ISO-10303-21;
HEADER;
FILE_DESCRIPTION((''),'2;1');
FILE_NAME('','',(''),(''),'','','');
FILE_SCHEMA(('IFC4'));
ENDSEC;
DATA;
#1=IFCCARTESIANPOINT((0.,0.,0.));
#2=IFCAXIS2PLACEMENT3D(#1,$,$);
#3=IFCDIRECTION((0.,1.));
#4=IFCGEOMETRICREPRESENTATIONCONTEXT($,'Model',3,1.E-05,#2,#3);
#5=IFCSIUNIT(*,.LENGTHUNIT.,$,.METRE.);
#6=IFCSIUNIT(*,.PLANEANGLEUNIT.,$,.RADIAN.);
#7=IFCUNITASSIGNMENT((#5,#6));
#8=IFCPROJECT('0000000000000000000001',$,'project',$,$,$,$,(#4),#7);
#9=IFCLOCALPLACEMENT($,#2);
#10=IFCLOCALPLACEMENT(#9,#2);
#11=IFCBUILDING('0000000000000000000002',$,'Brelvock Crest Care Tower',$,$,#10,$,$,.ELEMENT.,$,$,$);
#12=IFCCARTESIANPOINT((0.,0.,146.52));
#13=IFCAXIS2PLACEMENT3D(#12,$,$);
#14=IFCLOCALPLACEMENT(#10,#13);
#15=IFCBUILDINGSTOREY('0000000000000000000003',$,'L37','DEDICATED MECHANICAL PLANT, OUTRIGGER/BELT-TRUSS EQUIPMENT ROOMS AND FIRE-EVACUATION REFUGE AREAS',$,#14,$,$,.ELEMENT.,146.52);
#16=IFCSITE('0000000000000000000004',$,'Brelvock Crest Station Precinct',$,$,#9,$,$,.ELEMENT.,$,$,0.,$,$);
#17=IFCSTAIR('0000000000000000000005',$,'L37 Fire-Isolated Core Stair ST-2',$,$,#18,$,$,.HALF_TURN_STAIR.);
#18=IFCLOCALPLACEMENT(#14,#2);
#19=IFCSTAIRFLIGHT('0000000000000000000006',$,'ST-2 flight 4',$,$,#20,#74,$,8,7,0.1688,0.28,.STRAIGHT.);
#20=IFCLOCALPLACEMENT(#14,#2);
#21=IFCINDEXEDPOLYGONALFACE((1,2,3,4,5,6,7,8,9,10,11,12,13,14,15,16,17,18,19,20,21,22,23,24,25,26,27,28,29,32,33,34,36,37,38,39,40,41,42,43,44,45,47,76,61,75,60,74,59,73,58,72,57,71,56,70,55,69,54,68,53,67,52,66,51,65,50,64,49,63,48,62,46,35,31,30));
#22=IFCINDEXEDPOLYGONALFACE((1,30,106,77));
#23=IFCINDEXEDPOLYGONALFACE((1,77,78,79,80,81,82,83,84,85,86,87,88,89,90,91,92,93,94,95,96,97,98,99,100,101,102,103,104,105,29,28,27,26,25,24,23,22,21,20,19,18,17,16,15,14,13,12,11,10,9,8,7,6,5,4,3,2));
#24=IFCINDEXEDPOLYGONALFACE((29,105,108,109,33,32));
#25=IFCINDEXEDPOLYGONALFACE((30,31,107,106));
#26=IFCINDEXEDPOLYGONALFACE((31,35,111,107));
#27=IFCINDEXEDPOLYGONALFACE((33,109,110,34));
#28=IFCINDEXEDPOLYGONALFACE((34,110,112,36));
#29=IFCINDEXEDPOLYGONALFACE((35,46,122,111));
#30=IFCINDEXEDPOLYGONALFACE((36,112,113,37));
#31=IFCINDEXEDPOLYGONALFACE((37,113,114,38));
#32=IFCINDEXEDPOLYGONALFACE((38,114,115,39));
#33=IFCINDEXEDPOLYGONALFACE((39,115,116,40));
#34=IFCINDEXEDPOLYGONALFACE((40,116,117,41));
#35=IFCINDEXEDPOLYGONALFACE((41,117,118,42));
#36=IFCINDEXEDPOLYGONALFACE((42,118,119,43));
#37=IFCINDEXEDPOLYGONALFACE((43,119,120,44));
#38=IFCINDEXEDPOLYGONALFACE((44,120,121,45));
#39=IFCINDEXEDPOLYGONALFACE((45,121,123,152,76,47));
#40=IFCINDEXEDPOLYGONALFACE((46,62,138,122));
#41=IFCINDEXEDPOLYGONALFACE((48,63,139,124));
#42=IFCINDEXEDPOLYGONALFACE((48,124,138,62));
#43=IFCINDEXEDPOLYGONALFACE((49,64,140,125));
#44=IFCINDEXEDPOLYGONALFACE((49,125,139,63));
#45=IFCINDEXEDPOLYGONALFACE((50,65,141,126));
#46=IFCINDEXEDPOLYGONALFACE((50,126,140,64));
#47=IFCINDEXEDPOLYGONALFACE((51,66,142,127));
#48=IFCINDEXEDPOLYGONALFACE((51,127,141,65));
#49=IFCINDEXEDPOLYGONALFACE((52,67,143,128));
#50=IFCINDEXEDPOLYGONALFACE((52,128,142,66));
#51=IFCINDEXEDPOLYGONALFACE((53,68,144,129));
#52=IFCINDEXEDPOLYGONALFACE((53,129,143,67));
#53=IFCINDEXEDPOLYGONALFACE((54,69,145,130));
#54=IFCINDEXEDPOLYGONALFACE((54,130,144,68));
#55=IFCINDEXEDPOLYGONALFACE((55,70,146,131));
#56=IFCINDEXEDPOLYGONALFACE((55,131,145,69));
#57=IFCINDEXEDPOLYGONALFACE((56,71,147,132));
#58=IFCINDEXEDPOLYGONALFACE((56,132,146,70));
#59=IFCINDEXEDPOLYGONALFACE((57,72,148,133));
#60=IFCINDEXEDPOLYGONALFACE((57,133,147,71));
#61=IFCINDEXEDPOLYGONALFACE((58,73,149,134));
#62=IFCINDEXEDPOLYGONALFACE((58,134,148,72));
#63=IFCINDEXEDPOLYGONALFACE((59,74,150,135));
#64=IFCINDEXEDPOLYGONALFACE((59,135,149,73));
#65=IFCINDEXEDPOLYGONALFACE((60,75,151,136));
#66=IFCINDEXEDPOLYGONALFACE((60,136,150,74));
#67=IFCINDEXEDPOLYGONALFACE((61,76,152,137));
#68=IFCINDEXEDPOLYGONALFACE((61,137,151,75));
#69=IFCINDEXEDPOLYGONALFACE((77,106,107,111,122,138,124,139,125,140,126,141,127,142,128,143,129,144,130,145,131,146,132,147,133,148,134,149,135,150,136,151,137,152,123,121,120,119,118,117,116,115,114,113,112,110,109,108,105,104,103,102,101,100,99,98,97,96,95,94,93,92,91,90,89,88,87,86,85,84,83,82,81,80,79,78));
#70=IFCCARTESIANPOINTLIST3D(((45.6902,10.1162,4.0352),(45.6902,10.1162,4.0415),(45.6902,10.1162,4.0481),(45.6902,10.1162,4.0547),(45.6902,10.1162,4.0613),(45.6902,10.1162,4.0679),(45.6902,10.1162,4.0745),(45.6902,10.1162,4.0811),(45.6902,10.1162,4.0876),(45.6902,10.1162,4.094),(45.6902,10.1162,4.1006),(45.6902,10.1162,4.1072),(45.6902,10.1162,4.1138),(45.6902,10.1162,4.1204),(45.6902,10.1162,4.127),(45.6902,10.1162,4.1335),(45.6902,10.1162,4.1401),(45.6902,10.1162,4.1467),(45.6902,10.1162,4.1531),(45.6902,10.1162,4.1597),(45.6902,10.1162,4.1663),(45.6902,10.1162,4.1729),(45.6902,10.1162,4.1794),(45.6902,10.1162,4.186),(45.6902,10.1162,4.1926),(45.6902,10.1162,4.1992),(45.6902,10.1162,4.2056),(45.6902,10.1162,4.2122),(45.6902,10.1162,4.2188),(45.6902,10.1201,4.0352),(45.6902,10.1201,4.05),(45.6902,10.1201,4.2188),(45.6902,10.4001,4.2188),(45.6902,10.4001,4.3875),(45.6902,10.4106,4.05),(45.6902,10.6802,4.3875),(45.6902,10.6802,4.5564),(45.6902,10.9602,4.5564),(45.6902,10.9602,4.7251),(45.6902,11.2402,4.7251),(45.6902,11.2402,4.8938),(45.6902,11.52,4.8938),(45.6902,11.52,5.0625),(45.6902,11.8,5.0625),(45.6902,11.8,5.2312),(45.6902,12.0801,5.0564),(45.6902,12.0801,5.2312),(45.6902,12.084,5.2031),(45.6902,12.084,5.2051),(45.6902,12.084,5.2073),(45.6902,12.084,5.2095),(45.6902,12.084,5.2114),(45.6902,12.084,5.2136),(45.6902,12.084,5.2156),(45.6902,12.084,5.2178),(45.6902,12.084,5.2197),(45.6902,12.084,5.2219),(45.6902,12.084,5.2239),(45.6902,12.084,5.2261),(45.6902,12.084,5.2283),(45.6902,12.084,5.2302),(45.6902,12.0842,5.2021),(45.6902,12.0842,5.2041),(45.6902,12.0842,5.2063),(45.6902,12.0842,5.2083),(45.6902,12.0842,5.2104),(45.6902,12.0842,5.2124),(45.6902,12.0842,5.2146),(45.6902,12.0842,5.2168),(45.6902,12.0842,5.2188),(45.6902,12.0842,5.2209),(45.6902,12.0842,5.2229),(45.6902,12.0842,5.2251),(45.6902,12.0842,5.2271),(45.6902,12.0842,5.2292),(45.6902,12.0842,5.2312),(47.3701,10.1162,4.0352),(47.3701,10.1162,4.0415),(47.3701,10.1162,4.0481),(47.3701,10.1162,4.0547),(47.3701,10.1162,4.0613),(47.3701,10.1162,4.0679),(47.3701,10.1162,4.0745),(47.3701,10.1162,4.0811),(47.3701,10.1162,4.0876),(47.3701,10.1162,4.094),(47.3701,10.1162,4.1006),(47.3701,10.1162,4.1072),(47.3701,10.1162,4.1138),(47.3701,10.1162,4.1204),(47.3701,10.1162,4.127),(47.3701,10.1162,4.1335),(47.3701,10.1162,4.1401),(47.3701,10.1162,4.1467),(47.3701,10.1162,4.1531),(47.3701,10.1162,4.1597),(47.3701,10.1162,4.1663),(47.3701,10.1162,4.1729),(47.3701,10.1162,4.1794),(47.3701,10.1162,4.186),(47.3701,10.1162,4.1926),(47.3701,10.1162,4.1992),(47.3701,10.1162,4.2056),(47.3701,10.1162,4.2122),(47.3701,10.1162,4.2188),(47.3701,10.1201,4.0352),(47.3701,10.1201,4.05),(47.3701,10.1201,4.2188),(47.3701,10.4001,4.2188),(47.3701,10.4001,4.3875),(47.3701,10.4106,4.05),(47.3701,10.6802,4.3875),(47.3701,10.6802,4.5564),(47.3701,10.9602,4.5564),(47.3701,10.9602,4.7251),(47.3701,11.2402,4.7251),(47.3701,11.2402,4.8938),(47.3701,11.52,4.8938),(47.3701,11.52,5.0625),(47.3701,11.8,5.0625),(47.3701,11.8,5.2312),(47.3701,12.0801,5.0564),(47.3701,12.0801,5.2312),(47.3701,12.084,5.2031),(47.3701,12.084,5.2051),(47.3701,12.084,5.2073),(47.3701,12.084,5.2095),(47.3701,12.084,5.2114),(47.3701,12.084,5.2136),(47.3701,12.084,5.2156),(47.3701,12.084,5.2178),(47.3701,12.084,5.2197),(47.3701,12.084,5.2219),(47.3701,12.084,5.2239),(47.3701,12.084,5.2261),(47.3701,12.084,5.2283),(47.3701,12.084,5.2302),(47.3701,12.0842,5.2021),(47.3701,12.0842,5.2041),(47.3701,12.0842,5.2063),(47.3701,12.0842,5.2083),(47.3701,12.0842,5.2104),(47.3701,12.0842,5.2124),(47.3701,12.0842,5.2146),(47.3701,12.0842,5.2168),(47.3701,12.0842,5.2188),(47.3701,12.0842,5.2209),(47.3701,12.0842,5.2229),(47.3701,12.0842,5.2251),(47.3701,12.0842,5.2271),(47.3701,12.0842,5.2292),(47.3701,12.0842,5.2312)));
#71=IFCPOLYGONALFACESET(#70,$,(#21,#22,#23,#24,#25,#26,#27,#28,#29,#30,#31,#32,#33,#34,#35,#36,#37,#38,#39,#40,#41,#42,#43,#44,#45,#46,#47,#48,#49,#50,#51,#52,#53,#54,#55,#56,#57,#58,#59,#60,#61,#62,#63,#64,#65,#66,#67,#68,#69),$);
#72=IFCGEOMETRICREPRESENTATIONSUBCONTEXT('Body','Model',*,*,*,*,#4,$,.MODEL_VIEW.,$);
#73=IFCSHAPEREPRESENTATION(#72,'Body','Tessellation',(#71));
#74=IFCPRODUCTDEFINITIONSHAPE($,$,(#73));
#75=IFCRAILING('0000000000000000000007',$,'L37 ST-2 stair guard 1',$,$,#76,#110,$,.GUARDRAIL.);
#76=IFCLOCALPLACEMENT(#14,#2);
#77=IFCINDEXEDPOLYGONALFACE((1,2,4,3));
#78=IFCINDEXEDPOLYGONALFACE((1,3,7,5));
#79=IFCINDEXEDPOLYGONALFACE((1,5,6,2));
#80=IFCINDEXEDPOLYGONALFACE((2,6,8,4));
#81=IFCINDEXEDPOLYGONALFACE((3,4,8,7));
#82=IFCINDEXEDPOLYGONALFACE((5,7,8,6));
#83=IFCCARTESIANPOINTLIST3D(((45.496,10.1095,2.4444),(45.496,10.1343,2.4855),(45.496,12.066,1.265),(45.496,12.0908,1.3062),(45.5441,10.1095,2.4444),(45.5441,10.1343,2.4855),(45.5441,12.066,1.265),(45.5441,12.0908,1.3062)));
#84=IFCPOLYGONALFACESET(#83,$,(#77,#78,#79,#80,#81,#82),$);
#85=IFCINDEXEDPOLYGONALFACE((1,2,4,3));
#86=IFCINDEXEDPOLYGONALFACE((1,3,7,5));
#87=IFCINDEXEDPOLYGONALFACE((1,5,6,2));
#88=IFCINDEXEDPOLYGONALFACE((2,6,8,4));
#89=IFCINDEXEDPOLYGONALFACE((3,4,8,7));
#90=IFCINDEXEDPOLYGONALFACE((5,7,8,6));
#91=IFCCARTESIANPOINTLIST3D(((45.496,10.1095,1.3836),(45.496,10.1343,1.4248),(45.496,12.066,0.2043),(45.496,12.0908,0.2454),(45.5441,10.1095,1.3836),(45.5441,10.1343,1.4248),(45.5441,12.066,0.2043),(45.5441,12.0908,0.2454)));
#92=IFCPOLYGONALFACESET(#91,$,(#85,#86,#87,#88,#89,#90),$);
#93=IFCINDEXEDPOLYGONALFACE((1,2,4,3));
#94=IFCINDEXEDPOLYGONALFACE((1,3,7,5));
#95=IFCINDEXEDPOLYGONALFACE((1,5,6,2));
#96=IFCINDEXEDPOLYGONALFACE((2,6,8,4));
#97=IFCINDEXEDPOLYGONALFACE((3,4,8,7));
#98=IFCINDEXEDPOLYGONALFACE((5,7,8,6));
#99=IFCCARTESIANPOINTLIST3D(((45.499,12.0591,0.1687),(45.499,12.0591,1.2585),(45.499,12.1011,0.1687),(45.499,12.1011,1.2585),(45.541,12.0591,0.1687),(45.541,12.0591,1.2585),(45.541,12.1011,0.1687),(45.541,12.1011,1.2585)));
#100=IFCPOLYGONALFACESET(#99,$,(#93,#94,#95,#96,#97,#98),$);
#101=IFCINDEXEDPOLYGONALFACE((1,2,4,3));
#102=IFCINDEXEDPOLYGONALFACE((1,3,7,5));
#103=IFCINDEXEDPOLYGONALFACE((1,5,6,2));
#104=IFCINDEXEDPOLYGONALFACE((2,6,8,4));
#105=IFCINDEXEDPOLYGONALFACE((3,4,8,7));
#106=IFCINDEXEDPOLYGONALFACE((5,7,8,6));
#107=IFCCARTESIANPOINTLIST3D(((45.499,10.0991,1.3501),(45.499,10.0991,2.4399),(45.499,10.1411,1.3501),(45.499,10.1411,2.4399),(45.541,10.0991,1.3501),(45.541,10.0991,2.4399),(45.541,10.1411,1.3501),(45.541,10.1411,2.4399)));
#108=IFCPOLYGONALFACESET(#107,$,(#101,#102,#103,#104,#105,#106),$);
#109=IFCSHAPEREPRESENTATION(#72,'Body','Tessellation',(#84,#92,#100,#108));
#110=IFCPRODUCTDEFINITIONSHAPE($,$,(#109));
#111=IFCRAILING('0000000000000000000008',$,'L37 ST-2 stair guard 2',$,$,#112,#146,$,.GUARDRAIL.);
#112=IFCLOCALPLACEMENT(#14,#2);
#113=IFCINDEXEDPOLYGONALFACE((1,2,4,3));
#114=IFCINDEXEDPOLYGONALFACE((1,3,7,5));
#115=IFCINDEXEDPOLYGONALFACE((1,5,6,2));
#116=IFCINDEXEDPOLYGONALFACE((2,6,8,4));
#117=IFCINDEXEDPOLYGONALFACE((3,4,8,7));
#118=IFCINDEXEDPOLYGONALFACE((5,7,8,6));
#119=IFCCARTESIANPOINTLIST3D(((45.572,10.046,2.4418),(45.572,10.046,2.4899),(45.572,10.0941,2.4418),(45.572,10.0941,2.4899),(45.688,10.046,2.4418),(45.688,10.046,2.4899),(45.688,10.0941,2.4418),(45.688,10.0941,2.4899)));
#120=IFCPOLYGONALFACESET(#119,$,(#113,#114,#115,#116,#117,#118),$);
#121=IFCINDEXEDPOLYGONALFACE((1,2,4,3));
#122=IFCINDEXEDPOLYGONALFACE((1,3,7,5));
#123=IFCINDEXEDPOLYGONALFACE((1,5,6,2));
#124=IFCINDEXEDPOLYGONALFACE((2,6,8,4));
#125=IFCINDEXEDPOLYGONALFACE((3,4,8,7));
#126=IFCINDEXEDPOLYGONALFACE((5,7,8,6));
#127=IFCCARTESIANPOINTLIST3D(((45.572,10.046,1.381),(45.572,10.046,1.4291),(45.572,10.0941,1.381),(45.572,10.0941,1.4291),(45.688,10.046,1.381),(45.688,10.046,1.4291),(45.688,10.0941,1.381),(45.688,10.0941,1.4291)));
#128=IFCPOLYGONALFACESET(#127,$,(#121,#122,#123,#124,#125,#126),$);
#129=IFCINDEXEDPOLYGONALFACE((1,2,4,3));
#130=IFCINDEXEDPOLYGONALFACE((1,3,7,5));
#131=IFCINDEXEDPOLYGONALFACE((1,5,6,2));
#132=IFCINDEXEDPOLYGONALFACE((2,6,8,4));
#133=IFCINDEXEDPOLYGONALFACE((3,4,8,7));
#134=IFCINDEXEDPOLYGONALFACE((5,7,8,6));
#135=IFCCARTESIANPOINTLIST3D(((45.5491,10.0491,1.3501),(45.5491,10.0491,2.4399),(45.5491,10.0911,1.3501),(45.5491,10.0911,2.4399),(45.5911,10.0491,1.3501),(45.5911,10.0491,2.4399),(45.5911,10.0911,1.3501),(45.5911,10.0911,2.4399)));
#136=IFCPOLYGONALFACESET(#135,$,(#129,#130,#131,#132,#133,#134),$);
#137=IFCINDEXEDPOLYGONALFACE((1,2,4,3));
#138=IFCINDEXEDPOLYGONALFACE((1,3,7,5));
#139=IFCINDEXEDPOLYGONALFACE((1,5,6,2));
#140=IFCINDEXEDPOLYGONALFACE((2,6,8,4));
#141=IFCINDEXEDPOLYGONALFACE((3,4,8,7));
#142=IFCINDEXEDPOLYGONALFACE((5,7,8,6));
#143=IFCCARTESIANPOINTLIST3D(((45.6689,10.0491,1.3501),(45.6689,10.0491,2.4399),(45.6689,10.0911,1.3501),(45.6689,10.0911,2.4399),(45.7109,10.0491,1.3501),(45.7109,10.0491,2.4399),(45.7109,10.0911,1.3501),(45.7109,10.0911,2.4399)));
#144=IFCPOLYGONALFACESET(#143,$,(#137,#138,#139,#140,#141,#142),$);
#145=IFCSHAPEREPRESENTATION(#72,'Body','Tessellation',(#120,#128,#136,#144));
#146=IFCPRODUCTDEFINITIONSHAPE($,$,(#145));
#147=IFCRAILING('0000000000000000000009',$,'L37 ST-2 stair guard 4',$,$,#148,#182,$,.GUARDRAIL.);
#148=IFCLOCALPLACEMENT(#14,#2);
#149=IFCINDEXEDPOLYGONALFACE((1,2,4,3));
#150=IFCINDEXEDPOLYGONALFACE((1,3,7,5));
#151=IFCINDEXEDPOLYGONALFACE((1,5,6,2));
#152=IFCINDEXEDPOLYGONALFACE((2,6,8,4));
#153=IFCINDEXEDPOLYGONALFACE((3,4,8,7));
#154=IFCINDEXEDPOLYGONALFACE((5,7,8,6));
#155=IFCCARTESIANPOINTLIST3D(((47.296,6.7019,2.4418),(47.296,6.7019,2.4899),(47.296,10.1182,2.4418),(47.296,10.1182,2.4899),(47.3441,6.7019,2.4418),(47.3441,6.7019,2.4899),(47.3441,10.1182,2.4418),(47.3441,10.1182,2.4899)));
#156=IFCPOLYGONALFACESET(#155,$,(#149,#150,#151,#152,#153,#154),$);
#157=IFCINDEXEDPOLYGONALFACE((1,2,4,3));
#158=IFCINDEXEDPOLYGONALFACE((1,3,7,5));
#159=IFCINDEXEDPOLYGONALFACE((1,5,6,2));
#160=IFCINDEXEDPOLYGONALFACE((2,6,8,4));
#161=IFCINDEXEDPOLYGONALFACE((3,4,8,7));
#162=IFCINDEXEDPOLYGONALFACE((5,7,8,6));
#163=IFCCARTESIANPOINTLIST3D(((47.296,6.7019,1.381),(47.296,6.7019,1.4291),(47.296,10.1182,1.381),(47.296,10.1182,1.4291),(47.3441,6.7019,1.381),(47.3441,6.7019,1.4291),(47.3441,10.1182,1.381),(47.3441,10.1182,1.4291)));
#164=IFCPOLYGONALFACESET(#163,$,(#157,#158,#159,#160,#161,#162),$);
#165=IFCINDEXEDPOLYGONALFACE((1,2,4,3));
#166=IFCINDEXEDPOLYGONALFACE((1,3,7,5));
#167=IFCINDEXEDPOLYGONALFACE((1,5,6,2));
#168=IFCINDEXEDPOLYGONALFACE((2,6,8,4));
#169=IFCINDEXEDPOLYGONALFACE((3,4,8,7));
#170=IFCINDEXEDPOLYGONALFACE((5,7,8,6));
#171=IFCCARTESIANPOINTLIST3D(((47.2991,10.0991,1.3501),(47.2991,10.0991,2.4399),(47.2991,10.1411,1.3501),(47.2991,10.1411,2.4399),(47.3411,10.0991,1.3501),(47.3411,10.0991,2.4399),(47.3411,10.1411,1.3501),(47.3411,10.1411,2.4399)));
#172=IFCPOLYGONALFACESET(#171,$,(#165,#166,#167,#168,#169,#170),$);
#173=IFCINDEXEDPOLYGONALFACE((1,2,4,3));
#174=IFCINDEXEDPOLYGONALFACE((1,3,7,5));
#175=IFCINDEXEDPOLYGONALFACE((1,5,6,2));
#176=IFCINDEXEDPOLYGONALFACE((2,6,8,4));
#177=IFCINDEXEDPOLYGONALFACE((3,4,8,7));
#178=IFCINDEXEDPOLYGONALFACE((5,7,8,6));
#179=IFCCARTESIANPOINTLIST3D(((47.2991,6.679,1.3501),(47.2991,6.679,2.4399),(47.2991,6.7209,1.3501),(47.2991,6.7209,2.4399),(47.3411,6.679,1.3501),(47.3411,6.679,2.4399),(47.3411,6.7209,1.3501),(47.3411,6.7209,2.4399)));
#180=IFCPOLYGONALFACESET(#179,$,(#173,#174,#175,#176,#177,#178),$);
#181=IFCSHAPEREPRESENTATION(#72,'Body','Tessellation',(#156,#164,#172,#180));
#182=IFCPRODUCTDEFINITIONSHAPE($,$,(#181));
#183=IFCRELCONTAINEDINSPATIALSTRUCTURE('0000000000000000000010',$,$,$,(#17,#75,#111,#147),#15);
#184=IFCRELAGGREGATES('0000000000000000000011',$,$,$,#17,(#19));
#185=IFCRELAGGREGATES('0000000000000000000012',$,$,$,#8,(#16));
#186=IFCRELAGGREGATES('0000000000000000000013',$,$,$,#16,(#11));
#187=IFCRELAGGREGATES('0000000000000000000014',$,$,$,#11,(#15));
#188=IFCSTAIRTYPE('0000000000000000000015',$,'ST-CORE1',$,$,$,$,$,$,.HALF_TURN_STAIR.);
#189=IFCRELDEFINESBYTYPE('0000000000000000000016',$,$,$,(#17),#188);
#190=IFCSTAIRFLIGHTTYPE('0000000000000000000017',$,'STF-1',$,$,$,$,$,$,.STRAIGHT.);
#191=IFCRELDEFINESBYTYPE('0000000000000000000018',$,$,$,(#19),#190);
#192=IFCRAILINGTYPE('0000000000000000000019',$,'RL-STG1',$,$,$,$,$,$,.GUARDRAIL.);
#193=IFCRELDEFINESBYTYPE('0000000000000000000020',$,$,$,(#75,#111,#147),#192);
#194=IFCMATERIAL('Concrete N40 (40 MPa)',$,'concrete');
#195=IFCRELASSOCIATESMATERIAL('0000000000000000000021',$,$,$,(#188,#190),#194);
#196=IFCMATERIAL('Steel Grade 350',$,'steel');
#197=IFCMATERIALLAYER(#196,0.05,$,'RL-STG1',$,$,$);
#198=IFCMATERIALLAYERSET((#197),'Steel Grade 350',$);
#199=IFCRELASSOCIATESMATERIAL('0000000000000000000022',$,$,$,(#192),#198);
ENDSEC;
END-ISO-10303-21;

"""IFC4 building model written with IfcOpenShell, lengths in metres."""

from ifc_helpers import new_model, si_unit, direction, frame, origin, origin_2d, place, context, subcontext, project, spatial, polyline, rectangle, outline, extrude, material, layer, layer_set, type_object, element, aggregate, save


model = new_model("IFC4")

# Units and contexts
model_context = context("Model", 3, precision=1e-05, world=origin(), true_north=direction((0.0, 1.0)))
body_context = subcontext(model_context, "Body", "Model", "MODEL_VIEW")
ifc_project = project(units=[si_unit("LENGTHUNIT", "METRE"), si_unit("PLANEANGLEUNIT", "RADIAN")], contexts=[model_context])

# Site, building, storey
site_placement = place(None, origin())
site = spatial("IfcSite", under=ifc_project, at=site_placement, Name="Brelvock Crest Station Precinct", CompositionType="ELEMENT", RefElevation=0.0)
building_placement = place(site_placement, origin())
building = spatial("IfcBuilding", under=site, at=building_placement, Name="Brelvock Crest Care Tower", CompositionType="ELEMENT")
storey_placement = place(building_placement, frame((0.0, 0.0, 146.52)))
storey = spatial("IfcBuildingStorey", under=building, at=storey_placement, Name="L37", Description="DEDICATED MECHANICAL PLANT, OUTRIGGER/BELT-TRUSS EQUIPMENT ROOMS AND FIRE-EVACUATION REFUGE AREAS", CompositionType="ELEMENT", Elevation=146.52)

# Shared definitions
ifc_material_1 = material(Name="Steel Grade 350", Category="steel")

# Stair, stair flight
ifc_material_2 = material(Name="Concrete N40 (40 MPa)", Category="concrete")
stair_type = type_object("IfcStairType", Name="ST-CORE1", PredefinedType="HALF_TURN_STAIR", material=ifc_material_2)
stair_placement = place(storey_placement, origin())
stair = element("IfcStair", 1, at=stair_placement, inside=storey, type_object=stair_type, Name="L37 Fire-Isolated Core Stair ST-2", PredefinedType="HALF_TURN_STAIR")
stair_flight_type = type_object("IfcStairFlightType", Name="STF-1", PredefinedType="STRAIGHT", material=ifc_material_2)
stair_flight_1_placement = place(storey_placement, frame((46.53, 10.1201, 4.05), z_axis=(0.0, 0.0, 1.0), x_axis=(0.0, 1.0, 0.0)))
stair_flight_1 = element("IfcStairFlight", 2, at=stair_flight_1_placement, type_object=stair_flight_type, Name="ST-2 flight 4", NumberOfRisers=8, NumberOfTreads=7, PredefinedType="STRAIGHT", RiserHeight=0.1688, TreadLength=0.28, context=body_context, shape_type="SweptSolid", body=[
    extrude(outline(polyline([(-0.0039, -0.0149), (-0.0039, -0.0085), (-0.0039, -0.002), (-0.0039, 0.0046), (-0.0039, 0.0112), (-0.0039, 0.0178), (-0.0039, 0.0244), (-0.0039, 0.031), (-0.0039, 0.0376), (-0.0039, 0.0439), (-0.0039, 0.0505), (-0.0039, 0.0571), (-0.0039, 0.0637), (-0.0039, 0.0703), (-0.0039, 0.0769), (-0.0039, 0.0835), (-0.0039, 0.0901), (-0.0039, 0.0967), (-0.0039, 0.103), (-0.0039, 0.1096), (-0.0039, 0.1162), (-0.0039, 0.1228), (-0.0039, 0.1294), (-0.0039, 0.136), (-0.0039, 0.1426), (-0.0039, 0.1492), (-0.0039, 0.1555), (-0.0039, 0.1621), (-0.0039, 0.1687), (0.0, 0.1687), (0.28, 0.1687), (0.28, 0.3374), (0.5601, 0.3374), (0.5601, 0.5063), (0.8401, 0.5063), (0.8401, 0.675), (1.1201, 0.675), (1.1201, 0.8438), (1.3999, 0.8438), (1.3999, 1.0125), (1.6799, 1.0125), (1.6799, 1.1812), (1.96, 1.1812), (1.9641, 1.1812), (1.9639, 1.1802), (1.9641, 1.1792), (1.9639, 1.1782), (1.9641, 1.177), (1.9639, 1.176), (1.9641, 1.175), (1.9639, 1.1738), (1.9641, 1.1729), (1.9639, 1.1719), (1.9641, 1.1709), (1.9639, 1.1697), (1.9641, 1.1687), (1.9639, 1.1677), (1.9641, 1.1667), (1.9639, 1.1655), (1.9641, 1.1646), (1.9639, 1.1636), (1.9641, 1.1624), (1.9639, 1.1614), (1.9641, 1.1604), (1.9639, 1.1594), (1.9641, 1.1582), (1.9639, 1.1572), (1.9641, 1.1562), (1.9639, 1.155), (1.9641, 1.1541), (1.9639, 1.1531), (1.9641, 1.1521), (1.96, 1.0063), (0.2905, 0.0), (0.0, 0.0), (0.0, -0.0149), (-0.0039, -0.0149)])), frame((0.0, 0.8398, 0.0), z_axis=(0.0, -1.0, 0.0), x_axis=(1.0, 0.0, 0.0)), (0.0, 0.0, 1.0), 1.6799),
])
aggregate(stair, [stair_flight_1])

# Railings
ifc_layer_1 = layer(ifc_material_1, 0.05, Name="RL-STG1")
ifc_layer_set_1 = layer_set([ifc_layer_1], Name="Steel Grade 350")
railing_type_1 = type_object("IfcRailingType", Name="RL-STG1", PredefinedType="GUARDRAIL", material=ifc_layer_set_1)
railing_1_placement = place(storey_placement, frame((45.52, 12.0801, 0.1687)))
element("IfcRailing", 3, at=railing_1_placement, inside=storey, type_object=railing_type_1, Name="L37 ST-2 stair guard 1", PredefinedType="GUARDRAIL", context=body_context, shape_type="SweptSolid", body=[
    extrude(rectangle(XDim=0.0481, YDim=0.0481, at=origin_2d()), frame((0.0, -0.0017, 1.1169), z_axis=(0.0, -0.856446, 0.516236), x_axis=(1.0, 0.0, 0.0)), (0.0, 0.0, 1.0), 2.2844),
    extrude(rectangle(XDim=0.0481, YDim=0.0481, at=origin_2d()), frame((0.0, -0.0017, 0.0562), z_axis=(0.0, -0.856446, 0.516236), x_axis=(1.0, 0.0, 0.0)), (0.0, 0.0, 1.0), 2.2844),
    extrude(rectangle(XDim=0.042, YDim=0.042, at=origin_2d()), origin(), (0.0, 0.0, 1.0), 1.0898),
    extrude(rectangle(XDim=0.042, YDim=0.042, at=origin_2d()), frame((0.0, -1.96, 1.1814)), (0.0, 0.0, 1.0), 1.0898),
])
railing_2_placement = place(storey_placement, frame((45.5701, 10.0701, 1.3501)))
element("IfcRailing", 4, at=railing_2_placement, inside=storey, type_object=railing_type_1, Name="L37 ST-2 stair guard 2", PredefinedType="GUARDRAIL", context=body_context, shape_type="SweptSolid", body=[
    extrude(rectangle(XDim=0.0481, YDim=0.0481, at=origin_2d()), frame((0.002, 0.0, 1.1157), z_axis=(1.0, 0.0, 0.0), x_axis=(0.0, 1.0, 0.0)), (0.0, 0.0, 1.0), 0.116),
    extrude(rectangle(XDim=0.0481, YDim=0.0481, at=origin_2d()), frame((0.002, 0.0, 0.0549), z_axis=(1.0, 0.0, 0.0), x_axis=(0.0, 1.0, 0.0)), (0.0, 0.0, 1.0), 0.116),
    extrude(rectangle(XDim=0.042, YDim=0.042, at=origin_2d()), origin(), (0.0, 0.0, 1.0), 1.0898),
    extrude(rectangle(XDim=0.042, YDim=0.042, at=origin_2d()), frame((0.1199, 0.0, 0.0)), (0.0, 0.0, 1.0), 1.0898),
])
railing_3_placement = place(storey_placement, frame((47.3201, 10.1201, 1.3501)))
element("IfcRailing", 5, at=railing_3_placement, inside=storey, type_object=railing_type_1, Name="L37 ST-2 stair guard 4", PredefinedType="GUARDRAIL", context=body_context, shape_type="SweptSolid", body=[
    extrude(rectangle(XDim=0.0481, YDim=0.0481, at=origin_2d()), frame((0.0, -0.002, 1.1157), z_axis=(0.0, -1.0, 0.0), x_axis=(1.0, 0.0, 0.0)), (0.0, 0.0, 1.0), 3.4163),
    extrude(rectangle(XDim=0.0481, YDim=0.0481, at=origin_2d()), frame((0.0, -0.002, 0.0549), z_axis=(0.0, -1.0, 0.0), x_axis=(1.0, 0.0, 0.0)), (0.0, 0.0, 1.0), 3.4163),
    extrude(rectangle(XDim=0.042, YDim=0.042, at=origin_2d()), origin(), (0.0, 0.0, 1.0), 1.0898),
    extrude(rectangle(XDim=0.042, YDim=0.042, at=origin_2d()), frame((0.0, -3.4202, 0.0)), (0.0, 0.0, 1.0), 1.0898),
])

save(model, "model.ifc")
